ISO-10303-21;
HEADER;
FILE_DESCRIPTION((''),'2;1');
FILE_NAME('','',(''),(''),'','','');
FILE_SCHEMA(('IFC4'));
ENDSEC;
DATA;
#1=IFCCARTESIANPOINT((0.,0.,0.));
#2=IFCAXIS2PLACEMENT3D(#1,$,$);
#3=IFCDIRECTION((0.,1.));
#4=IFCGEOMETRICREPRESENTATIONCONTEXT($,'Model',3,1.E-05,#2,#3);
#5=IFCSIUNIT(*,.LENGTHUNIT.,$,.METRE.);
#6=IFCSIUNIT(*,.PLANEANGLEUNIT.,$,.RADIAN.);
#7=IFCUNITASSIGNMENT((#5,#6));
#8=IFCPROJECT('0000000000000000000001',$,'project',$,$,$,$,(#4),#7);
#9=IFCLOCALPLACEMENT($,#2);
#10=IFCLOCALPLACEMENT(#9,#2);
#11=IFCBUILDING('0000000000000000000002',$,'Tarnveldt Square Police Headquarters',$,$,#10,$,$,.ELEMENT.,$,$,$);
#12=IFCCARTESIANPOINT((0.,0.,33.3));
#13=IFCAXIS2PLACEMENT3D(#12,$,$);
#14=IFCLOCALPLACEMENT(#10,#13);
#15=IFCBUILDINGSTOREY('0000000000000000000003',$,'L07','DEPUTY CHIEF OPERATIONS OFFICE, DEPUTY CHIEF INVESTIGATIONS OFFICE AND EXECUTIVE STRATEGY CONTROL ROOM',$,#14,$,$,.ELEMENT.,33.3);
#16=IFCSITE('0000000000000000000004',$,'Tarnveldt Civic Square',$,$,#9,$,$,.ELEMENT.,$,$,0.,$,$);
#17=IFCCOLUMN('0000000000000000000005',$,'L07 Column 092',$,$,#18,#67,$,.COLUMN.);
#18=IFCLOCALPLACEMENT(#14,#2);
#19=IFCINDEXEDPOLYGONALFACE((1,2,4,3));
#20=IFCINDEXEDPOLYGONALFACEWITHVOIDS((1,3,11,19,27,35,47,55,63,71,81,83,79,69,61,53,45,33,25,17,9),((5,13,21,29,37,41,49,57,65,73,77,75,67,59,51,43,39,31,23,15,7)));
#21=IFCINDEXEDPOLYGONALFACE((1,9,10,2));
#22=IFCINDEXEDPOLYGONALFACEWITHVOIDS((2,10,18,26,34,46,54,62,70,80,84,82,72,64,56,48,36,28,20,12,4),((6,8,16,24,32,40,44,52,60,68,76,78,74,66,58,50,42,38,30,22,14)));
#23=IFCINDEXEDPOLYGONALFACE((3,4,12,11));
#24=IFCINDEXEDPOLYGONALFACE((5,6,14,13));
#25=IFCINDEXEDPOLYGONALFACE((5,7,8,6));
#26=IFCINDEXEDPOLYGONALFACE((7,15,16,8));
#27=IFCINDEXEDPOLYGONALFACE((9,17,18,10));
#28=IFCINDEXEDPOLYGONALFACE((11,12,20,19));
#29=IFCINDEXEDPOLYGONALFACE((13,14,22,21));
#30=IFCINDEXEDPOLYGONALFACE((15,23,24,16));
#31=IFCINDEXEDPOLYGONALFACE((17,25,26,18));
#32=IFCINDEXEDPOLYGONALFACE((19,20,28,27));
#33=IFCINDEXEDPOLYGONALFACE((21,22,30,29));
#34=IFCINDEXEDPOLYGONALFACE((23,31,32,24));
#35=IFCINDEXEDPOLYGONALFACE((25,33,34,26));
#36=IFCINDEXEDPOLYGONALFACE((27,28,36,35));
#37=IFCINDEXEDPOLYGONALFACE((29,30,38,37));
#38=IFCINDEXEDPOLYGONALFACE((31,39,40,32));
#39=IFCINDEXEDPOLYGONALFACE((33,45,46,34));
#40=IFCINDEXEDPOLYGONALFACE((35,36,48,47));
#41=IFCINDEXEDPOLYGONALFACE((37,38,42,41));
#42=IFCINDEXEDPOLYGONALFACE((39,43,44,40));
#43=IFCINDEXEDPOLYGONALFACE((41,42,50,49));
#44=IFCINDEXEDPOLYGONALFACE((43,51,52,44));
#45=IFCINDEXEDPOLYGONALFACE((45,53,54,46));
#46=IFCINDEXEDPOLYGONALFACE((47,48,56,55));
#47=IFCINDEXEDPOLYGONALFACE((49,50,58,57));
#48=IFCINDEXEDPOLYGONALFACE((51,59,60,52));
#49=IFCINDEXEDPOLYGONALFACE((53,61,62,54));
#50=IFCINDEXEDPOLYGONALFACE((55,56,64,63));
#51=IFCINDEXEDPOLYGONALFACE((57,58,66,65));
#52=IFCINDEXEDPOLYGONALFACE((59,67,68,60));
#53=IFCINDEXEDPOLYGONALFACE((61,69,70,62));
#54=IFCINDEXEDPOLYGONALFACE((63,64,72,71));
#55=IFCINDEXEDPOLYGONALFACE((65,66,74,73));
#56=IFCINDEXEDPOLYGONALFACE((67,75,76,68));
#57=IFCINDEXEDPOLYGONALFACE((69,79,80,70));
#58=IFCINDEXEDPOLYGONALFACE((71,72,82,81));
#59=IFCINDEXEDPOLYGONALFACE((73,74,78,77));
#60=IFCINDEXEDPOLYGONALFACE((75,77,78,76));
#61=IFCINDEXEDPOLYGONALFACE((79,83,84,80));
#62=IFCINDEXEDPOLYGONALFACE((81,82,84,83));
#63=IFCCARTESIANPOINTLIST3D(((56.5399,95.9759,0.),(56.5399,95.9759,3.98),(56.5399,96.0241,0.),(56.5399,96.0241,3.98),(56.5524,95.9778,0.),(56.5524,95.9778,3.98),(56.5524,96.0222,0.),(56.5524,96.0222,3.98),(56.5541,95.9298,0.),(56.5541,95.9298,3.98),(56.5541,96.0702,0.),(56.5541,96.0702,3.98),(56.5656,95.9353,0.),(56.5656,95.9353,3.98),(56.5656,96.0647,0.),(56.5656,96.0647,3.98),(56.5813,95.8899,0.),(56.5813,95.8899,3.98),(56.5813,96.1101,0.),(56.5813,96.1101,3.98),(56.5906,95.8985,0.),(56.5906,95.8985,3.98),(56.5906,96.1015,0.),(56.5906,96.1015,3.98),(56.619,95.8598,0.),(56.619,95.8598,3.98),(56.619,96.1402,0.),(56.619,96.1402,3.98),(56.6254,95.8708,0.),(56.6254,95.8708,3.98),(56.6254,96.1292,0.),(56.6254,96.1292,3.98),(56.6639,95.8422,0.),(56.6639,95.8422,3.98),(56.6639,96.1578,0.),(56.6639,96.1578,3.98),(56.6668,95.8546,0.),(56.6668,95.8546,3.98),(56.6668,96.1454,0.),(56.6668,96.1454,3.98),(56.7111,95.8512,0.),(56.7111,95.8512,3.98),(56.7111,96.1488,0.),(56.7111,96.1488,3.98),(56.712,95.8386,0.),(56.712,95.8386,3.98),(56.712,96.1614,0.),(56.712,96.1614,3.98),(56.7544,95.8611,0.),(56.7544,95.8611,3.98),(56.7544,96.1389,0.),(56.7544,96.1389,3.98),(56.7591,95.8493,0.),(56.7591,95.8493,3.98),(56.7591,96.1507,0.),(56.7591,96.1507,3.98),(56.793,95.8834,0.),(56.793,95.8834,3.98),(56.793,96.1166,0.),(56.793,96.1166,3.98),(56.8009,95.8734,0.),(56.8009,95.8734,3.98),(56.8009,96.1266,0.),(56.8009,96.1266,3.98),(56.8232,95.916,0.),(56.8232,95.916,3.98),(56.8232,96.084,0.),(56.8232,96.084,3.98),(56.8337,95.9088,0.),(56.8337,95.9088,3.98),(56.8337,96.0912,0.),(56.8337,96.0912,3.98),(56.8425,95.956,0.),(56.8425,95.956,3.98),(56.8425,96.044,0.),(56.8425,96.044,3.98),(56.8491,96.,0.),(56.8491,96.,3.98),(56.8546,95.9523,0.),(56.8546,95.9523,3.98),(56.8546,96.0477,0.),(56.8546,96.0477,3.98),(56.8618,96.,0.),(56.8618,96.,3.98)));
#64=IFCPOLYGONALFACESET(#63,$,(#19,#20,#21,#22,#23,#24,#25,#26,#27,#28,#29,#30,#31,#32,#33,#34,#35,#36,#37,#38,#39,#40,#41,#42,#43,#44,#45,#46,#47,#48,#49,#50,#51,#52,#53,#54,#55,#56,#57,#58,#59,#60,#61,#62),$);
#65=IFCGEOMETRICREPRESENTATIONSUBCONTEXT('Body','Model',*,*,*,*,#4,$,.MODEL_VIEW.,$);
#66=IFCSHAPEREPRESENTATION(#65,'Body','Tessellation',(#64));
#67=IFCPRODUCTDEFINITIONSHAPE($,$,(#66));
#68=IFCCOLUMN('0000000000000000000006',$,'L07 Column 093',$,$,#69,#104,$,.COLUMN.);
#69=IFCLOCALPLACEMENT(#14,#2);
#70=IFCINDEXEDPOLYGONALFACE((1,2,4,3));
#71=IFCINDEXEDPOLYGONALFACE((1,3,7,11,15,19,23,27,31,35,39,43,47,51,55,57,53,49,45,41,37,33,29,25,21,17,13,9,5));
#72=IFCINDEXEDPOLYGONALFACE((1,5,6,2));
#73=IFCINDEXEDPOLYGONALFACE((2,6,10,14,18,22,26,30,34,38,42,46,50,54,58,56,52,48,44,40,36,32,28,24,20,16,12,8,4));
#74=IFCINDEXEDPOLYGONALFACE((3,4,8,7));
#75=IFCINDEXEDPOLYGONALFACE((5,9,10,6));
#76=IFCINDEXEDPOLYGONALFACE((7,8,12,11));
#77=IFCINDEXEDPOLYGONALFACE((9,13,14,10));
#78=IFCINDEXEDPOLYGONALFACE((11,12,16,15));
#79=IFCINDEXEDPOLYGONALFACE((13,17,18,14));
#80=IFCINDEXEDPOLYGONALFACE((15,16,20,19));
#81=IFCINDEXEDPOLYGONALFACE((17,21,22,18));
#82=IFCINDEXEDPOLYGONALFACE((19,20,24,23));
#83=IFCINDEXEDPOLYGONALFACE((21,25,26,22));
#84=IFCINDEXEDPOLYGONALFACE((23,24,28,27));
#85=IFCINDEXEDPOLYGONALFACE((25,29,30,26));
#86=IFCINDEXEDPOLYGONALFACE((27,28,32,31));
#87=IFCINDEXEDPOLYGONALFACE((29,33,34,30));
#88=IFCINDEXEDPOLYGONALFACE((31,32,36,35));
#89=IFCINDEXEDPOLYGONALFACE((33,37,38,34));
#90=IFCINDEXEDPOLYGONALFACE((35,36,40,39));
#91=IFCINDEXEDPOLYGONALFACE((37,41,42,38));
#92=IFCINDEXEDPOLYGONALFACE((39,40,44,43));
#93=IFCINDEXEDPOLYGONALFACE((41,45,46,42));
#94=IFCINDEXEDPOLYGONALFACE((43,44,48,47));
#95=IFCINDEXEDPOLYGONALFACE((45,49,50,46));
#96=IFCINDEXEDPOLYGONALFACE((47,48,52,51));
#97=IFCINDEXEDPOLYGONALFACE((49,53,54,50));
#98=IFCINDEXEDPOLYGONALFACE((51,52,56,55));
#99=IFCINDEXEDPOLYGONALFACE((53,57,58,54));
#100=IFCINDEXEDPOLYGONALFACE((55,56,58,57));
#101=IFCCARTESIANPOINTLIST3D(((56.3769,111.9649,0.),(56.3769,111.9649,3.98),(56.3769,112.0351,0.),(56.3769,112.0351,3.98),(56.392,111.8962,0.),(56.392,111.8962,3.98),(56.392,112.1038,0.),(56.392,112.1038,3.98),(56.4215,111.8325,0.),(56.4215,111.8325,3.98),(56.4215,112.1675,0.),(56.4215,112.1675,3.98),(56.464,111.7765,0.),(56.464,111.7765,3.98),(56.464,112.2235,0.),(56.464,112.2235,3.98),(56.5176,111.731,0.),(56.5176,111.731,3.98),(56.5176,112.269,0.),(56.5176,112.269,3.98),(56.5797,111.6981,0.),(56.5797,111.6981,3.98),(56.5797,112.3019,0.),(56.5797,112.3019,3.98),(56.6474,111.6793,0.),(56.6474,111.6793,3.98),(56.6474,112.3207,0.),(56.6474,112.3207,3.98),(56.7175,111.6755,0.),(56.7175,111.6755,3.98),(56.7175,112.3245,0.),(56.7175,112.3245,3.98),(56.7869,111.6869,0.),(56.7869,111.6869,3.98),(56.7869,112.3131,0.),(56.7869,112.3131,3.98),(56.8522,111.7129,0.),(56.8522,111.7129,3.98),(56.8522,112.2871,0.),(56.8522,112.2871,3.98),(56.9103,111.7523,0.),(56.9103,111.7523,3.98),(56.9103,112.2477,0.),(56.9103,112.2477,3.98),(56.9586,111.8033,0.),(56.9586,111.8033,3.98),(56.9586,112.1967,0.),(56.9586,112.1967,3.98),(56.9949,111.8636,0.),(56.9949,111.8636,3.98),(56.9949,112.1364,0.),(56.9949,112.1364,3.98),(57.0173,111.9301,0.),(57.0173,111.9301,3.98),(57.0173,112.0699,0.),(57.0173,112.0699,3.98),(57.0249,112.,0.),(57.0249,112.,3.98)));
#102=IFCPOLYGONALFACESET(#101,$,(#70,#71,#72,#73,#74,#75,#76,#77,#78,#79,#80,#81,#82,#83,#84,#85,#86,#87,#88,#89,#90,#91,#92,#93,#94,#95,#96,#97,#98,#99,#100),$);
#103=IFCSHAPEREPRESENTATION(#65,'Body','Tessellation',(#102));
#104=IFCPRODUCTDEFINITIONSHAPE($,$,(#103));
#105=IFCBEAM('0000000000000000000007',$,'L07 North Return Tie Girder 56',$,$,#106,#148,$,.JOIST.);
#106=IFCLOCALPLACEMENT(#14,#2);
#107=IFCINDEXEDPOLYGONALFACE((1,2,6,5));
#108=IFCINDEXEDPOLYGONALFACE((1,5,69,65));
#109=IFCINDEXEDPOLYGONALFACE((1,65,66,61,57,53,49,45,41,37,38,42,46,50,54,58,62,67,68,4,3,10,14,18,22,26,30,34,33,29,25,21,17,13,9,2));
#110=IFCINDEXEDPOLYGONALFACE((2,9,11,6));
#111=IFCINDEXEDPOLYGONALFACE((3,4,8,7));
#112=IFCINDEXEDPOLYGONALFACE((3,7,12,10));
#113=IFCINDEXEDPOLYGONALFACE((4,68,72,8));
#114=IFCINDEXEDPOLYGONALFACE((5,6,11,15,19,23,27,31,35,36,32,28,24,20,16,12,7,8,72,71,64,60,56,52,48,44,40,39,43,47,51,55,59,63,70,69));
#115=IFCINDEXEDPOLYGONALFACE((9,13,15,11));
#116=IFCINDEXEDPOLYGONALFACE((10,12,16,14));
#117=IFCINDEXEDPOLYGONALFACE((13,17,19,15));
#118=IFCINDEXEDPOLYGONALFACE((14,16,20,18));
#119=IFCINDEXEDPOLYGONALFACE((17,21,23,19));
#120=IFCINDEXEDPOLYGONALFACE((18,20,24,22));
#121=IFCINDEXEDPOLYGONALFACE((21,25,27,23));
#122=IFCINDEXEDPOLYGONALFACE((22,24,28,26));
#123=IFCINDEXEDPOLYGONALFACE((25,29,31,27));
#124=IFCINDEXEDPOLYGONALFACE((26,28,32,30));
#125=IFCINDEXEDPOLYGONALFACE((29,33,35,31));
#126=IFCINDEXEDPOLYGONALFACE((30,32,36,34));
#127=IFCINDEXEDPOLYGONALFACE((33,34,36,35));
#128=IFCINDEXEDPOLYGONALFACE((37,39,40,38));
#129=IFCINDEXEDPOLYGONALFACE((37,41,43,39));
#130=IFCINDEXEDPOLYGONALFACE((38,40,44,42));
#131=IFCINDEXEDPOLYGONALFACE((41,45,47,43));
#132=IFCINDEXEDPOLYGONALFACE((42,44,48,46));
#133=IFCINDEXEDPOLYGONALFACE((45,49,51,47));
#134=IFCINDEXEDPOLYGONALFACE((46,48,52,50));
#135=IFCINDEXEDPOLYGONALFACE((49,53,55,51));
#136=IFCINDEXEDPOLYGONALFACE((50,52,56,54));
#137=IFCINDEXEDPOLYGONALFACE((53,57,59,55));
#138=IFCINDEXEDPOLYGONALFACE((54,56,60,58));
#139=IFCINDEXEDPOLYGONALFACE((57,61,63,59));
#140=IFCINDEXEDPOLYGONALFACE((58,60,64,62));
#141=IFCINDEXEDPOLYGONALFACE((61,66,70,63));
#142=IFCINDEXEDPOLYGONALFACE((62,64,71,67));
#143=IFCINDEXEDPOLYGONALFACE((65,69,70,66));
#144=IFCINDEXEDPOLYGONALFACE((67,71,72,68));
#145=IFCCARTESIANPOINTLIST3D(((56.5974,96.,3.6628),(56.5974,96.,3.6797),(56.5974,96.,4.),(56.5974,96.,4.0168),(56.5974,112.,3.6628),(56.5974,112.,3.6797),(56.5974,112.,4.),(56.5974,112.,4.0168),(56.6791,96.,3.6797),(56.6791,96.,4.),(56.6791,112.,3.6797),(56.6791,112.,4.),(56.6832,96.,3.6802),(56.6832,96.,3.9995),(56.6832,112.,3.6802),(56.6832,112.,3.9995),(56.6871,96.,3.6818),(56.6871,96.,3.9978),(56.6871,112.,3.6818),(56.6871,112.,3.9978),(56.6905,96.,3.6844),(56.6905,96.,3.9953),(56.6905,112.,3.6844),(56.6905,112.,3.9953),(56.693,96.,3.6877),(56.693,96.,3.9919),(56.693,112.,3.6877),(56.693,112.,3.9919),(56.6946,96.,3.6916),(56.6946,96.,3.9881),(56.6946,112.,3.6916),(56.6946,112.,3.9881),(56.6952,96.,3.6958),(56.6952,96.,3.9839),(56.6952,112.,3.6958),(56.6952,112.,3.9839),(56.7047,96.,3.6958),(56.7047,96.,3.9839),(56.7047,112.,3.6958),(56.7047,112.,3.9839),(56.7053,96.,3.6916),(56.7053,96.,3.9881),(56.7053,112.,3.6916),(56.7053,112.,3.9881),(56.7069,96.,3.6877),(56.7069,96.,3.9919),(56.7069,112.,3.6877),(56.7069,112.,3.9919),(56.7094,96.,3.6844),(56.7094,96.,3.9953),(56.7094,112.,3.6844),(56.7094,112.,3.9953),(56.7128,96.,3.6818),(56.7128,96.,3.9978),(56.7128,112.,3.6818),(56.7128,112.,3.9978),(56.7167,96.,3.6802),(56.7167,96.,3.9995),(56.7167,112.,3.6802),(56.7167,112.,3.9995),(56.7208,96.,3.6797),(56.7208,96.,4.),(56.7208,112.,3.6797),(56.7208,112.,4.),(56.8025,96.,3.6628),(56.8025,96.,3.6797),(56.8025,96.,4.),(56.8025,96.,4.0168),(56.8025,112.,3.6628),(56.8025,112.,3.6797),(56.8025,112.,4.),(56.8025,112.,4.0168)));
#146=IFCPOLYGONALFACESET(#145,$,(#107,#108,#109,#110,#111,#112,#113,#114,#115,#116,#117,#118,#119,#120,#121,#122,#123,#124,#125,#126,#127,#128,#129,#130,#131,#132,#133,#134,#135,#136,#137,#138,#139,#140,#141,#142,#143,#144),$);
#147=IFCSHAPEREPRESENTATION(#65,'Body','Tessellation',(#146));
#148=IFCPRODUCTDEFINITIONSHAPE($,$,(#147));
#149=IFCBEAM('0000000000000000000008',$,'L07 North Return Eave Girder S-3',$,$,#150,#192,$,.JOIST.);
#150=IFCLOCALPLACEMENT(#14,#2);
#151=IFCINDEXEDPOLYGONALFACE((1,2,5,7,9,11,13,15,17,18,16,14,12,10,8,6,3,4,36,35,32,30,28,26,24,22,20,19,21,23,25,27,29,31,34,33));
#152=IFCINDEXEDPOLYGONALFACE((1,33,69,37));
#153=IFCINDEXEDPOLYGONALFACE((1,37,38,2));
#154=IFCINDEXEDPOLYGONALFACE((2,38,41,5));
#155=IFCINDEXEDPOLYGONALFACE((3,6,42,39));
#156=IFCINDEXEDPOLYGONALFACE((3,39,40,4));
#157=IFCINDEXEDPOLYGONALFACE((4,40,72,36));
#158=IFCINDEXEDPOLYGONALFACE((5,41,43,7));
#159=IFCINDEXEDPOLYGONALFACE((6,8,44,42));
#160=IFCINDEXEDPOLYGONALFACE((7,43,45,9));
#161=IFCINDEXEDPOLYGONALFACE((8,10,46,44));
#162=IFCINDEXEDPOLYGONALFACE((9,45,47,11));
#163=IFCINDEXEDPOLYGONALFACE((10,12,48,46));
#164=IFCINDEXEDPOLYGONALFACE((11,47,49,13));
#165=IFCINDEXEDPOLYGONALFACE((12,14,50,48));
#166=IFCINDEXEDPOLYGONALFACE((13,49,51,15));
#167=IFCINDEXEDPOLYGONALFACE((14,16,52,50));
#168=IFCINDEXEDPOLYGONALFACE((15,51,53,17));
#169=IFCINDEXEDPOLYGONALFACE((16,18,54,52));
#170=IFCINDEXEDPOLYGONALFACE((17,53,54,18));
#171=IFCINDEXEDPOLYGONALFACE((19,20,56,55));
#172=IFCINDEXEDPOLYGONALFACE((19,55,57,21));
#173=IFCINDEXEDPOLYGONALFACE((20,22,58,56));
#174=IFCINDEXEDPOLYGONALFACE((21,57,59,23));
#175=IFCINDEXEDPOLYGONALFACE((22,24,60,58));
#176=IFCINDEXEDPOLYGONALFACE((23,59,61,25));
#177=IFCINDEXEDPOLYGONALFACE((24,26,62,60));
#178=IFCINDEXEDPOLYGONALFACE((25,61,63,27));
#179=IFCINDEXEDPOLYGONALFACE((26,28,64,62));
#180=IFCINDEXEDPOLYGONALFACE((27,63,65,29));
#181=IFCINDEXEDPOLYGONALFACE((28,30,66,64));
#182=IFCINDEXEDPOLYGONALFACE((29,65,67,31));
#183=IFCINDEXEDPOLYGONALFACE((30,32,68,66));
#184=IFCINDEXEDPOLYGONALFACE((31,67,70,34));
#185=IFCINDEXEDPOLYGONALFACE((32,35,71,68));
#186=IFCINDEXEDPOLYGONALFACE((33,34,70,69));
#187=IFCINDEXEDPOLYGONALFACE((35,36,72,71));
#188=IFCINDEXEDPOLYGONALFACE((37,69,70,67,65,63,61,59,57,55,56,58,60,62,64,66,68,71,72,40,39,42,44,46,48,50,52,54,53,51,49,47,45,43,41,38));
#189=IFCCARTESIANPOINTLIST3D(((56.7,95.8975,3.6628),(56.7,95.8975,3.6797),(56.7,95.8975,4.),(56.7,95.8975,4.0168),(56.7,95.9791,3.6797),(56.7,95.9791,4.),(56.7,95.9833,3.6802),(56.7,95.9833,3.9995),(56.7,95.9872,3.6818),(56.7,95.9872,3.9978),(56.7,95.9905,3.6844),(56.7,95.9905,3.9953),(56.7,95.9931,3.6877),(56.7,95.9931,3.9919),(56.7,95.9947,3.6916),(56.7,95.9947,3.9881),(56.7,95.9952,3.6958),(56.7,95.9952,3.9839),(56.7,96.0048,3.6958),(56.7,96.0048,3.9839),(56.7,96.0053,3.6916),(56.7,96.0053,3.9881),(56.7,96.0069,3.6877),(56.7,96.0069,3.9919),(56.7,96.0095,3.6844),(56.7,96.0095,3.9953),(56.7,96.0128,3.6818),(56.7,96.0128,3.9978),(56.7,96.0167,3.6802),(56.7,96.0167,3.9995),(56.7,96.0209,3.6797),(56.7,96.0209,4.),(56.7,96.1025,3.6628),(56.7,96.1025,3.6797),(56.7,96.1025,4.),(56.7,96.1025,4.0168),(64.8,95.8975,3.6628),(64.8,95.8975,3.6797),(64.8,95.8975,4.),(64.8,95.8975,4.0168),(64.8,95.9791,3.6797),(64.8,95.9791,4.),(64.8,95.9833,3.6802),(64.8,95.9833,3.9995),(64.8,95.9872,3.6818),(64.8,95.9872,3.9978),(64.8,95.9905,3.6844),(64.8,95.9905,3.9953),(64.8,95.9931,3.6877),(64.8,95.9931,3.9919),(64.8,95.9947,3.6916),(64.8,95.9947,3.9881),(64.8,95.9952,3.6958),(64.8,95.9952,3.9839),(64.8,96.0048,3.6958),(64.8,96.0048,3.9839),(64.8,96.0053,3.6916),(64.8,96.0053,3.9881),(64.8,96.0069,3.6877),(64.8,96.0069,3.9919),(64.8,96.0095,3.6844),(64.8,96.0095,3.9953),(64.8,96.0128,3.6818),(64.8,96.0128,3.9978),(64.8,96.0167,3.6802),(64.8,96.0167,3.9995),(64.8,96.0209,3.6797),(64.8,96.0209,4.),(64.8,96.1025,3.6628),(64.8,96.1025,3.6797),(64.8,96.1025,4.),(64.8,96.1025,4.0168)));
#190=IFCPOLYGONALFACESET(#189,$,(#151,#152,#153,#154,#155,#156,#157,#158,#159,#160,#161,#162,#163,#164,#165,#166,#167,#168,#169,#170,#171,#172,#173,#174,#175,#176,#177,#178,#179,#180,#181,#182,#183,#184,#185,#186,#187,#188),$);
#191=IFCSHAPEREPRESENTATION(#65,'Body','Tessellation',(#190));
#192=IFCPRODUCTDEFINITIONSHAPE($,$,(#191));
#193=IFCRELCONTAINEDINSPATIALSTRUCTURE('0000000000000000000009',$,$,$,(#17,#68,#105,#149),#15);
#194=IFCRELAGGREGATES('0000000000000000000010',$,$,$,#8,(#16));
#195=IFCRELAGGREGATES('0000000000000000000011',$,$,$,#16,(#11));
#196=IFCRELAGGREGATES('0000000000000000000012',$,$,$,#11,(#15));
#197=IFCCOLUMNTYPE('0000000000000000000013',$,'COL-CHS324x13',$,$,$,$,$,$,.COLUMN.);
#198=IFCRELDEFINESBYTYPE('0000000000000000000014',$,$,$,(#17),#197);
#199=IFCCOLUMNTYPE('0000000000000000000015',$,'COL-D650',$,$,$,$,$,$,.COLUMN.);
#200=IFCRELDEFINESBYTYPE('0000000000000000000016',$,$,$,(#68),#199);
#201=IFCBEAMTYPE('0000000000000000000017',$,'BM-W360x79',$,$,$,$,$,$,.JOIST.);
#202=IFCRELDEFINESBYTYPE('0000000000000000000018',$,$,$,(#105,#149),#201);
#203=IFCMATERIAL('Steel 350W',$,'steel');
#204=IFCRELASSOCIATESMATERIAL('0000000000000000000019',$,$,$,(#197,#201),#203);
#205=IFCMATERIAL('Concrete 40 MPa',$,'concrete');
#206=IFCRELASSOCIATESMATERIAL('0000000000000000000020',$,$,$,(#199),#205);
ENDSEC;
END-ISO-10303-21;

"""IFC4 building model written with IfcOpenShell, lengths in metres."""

from ifc_helpers import new_model, si_unit, direction, frame, origin, origin_2d, place, context, subcontext, project, spatial, circle, hollow_circle, i_section, extrude, material, material_profile, profile_set, type_object, element, save


model = new_model("IFC4")

# Units and contexts
model_context = context("Model", 3, precision=1e-05, world=origin(), true_north=direction((0.0, 1.0)))
body_context = subcontext(model_context, "Body", "Model", "MODEL_VIEW")
ifc_project = project(units=[si_unit("LENGTHUNIT", "METRE"), si_unit("PLANEANGLEUNIT", "RADIAN")], contexts=[model_context])

# Site, building, storey
site_placement = place(None, origin())
site = spatial("IfcSite", under=ifc_project, at=site_placement, Name="Tarnveldt Civic Square", CompositionType="ELEMENT", RefElevation=0.0)
building_placement = place(site_placement, origin())
building = spatial("IfcBuilding", under=site, at=building_placement, Name="Tarnveldt Square Police Headquarters", CompositionType="ELEMENT")
storey_placement = place(building_placement, frame((0.0, 0.0, 33.3)))
storey = spatial("IfcBuildingStorey", under=building, at=storey_placement, Name="L07", Description="DEPUTY CHIEF OPERATIONS OFFICE, DEPUTY CHIEF INVESTIGATIONS OFFICE AND EXECUTIVE STRATEGY CONTROL ROOM", CompositionType="ELEMENT", Elevation=33.3)

# Columns
ifc_material_1 = material(Name="Steel 350W", Category="steel")
ifc_material_profile_1 = material_profile(ifc_material_1, hollow_circle(Radius=0.1619, WallThickness=0.0127, at=origin_2d()), Name="HSS324x13")
ifc_profile_set_1 = profile_set([ifc_material_profile_1], Name="Steel 350W")
column_type_1 = type_object("IfcColumnType", Name="COL-CHS324x13", PredefinedType="COLUMN", material=ifc_profile_set_1)
column_1_placement = place(storey_placement, frame((56.7, 96.0, 0.0), z_axis=(0.0, 0.0, 1.0), x_axis=(1.0, 0.0, 0.0)))
element("IfcColumn", 1, at=column_1_placement, inside=storey, type_object=column_type_1, Name="L07 Column 092", PredefinedType="COLUMN", context=body_context, shape_type="SweptSolid", body=[
    extrude(hollow_circle(Radius=0.1619, WallThickness=0.0127, at=origin_2d()), origin(), (0.0, 0.0, 1.0), 3.98),
])
ifc_material_2 = material(Name="Concrete 40 MPa", Category="concrete")
ifc_material_profile_2 = material_profile(ifc_material_2, circle(Radius=0.325, at=origin_2d()), Name="RC-D650")
ifc_profile_set_2 = profile_set([ifc_material_profile_2], Name="Concrete 40 MPa")
column_type_2 = type_object("IfcColumnType", Name="COL-D650", PredefinedType="COLUMN", material=ifc_profile_set_2)
column_2_placement = place(storey_placement, frame((56.7, 112.0, 0.0), z_axis=(0.0, 0.0, 1.0), x_axis=(1.0, 0.0, 0.0)))
element("IfcColumn", 2, at=column_2_placement, inside=storey, type_object=column_type_2, Name="L07 Column 093", PredefinedType="COLUMN", context=body_context, shape_type="SweptSolid", body=[
    extrude(circle(Radius=0.325, at=origin_2d()), origin(), (0.0, 0.0, 1.0), 3.98),
])

# Beams
ifc_material_profile_3 = material_profile(ifc_material_1, i_section(OverallWidth=0.2051, OverallDepth=0.354, WebThickness=0.0095, FlangeThickness=0.0168, FilletRadius=0.0161, at=origin_2d()), Name="W360x79")
ifc_profile_set_3 = profile_set([ifc_material_profile_3], Name="Steel 350W")
beam_type = type_object("IfcBeamType", Name="BM-W360x79", PredefinedType="JOIST", material=ifc_profile_set_3)
beam_placement = place(storey_placement, frame((56.7, 96.0, 3.8398), z_axis=(0.0, 1.0, 0.0), x_axis=(-1.0, 0.0, 0.0)))
element("IfcBeam", 3, at=beam_placement, inside=storey, type_object=beam_type, Name="L07 North Return Tie Girder 56", PredefinedType="JOIST", context=body_context, shape_type="SweptSolid", body=[
    extrude(i_section(OverallWidth=0.2051, OverallDepth=0.354, WebThickness=0.0095, FlangeThickness=0.0168, FilletRadius=0.0161, at=origin_2d()), origin(), (0.0, 0.0, 1.0), 16.0),
])
for number, where, z_axis, x_axis, name in (
    (4, (56.7, 96.0, 3.8398), (1.0, 0.0, 0.0), (0.0, 1.0, 0.0), "L07 North Return Eave Girder S-3"),
):
    element("IfcBeam", number, at=place(storey_placement, frame(where, z_axis=z_axis, x_axis=x_axis)), inside=storey, type_object=beam_type, Name=name, PredefinedType="JOIST", context=body_context, shape_type="SweptSolid", body=[
        extrude(i_section(OverallWidth=0.2051, OverallDepth=0.354, WebThickness=0.0095, FlangeThickness=0.0168, FilletRadius=0.0161, at=origin_2d()), origin(), (0.0, 0.0, 1.0), 8.1001),
    ])

save(model, "model.ifc")
